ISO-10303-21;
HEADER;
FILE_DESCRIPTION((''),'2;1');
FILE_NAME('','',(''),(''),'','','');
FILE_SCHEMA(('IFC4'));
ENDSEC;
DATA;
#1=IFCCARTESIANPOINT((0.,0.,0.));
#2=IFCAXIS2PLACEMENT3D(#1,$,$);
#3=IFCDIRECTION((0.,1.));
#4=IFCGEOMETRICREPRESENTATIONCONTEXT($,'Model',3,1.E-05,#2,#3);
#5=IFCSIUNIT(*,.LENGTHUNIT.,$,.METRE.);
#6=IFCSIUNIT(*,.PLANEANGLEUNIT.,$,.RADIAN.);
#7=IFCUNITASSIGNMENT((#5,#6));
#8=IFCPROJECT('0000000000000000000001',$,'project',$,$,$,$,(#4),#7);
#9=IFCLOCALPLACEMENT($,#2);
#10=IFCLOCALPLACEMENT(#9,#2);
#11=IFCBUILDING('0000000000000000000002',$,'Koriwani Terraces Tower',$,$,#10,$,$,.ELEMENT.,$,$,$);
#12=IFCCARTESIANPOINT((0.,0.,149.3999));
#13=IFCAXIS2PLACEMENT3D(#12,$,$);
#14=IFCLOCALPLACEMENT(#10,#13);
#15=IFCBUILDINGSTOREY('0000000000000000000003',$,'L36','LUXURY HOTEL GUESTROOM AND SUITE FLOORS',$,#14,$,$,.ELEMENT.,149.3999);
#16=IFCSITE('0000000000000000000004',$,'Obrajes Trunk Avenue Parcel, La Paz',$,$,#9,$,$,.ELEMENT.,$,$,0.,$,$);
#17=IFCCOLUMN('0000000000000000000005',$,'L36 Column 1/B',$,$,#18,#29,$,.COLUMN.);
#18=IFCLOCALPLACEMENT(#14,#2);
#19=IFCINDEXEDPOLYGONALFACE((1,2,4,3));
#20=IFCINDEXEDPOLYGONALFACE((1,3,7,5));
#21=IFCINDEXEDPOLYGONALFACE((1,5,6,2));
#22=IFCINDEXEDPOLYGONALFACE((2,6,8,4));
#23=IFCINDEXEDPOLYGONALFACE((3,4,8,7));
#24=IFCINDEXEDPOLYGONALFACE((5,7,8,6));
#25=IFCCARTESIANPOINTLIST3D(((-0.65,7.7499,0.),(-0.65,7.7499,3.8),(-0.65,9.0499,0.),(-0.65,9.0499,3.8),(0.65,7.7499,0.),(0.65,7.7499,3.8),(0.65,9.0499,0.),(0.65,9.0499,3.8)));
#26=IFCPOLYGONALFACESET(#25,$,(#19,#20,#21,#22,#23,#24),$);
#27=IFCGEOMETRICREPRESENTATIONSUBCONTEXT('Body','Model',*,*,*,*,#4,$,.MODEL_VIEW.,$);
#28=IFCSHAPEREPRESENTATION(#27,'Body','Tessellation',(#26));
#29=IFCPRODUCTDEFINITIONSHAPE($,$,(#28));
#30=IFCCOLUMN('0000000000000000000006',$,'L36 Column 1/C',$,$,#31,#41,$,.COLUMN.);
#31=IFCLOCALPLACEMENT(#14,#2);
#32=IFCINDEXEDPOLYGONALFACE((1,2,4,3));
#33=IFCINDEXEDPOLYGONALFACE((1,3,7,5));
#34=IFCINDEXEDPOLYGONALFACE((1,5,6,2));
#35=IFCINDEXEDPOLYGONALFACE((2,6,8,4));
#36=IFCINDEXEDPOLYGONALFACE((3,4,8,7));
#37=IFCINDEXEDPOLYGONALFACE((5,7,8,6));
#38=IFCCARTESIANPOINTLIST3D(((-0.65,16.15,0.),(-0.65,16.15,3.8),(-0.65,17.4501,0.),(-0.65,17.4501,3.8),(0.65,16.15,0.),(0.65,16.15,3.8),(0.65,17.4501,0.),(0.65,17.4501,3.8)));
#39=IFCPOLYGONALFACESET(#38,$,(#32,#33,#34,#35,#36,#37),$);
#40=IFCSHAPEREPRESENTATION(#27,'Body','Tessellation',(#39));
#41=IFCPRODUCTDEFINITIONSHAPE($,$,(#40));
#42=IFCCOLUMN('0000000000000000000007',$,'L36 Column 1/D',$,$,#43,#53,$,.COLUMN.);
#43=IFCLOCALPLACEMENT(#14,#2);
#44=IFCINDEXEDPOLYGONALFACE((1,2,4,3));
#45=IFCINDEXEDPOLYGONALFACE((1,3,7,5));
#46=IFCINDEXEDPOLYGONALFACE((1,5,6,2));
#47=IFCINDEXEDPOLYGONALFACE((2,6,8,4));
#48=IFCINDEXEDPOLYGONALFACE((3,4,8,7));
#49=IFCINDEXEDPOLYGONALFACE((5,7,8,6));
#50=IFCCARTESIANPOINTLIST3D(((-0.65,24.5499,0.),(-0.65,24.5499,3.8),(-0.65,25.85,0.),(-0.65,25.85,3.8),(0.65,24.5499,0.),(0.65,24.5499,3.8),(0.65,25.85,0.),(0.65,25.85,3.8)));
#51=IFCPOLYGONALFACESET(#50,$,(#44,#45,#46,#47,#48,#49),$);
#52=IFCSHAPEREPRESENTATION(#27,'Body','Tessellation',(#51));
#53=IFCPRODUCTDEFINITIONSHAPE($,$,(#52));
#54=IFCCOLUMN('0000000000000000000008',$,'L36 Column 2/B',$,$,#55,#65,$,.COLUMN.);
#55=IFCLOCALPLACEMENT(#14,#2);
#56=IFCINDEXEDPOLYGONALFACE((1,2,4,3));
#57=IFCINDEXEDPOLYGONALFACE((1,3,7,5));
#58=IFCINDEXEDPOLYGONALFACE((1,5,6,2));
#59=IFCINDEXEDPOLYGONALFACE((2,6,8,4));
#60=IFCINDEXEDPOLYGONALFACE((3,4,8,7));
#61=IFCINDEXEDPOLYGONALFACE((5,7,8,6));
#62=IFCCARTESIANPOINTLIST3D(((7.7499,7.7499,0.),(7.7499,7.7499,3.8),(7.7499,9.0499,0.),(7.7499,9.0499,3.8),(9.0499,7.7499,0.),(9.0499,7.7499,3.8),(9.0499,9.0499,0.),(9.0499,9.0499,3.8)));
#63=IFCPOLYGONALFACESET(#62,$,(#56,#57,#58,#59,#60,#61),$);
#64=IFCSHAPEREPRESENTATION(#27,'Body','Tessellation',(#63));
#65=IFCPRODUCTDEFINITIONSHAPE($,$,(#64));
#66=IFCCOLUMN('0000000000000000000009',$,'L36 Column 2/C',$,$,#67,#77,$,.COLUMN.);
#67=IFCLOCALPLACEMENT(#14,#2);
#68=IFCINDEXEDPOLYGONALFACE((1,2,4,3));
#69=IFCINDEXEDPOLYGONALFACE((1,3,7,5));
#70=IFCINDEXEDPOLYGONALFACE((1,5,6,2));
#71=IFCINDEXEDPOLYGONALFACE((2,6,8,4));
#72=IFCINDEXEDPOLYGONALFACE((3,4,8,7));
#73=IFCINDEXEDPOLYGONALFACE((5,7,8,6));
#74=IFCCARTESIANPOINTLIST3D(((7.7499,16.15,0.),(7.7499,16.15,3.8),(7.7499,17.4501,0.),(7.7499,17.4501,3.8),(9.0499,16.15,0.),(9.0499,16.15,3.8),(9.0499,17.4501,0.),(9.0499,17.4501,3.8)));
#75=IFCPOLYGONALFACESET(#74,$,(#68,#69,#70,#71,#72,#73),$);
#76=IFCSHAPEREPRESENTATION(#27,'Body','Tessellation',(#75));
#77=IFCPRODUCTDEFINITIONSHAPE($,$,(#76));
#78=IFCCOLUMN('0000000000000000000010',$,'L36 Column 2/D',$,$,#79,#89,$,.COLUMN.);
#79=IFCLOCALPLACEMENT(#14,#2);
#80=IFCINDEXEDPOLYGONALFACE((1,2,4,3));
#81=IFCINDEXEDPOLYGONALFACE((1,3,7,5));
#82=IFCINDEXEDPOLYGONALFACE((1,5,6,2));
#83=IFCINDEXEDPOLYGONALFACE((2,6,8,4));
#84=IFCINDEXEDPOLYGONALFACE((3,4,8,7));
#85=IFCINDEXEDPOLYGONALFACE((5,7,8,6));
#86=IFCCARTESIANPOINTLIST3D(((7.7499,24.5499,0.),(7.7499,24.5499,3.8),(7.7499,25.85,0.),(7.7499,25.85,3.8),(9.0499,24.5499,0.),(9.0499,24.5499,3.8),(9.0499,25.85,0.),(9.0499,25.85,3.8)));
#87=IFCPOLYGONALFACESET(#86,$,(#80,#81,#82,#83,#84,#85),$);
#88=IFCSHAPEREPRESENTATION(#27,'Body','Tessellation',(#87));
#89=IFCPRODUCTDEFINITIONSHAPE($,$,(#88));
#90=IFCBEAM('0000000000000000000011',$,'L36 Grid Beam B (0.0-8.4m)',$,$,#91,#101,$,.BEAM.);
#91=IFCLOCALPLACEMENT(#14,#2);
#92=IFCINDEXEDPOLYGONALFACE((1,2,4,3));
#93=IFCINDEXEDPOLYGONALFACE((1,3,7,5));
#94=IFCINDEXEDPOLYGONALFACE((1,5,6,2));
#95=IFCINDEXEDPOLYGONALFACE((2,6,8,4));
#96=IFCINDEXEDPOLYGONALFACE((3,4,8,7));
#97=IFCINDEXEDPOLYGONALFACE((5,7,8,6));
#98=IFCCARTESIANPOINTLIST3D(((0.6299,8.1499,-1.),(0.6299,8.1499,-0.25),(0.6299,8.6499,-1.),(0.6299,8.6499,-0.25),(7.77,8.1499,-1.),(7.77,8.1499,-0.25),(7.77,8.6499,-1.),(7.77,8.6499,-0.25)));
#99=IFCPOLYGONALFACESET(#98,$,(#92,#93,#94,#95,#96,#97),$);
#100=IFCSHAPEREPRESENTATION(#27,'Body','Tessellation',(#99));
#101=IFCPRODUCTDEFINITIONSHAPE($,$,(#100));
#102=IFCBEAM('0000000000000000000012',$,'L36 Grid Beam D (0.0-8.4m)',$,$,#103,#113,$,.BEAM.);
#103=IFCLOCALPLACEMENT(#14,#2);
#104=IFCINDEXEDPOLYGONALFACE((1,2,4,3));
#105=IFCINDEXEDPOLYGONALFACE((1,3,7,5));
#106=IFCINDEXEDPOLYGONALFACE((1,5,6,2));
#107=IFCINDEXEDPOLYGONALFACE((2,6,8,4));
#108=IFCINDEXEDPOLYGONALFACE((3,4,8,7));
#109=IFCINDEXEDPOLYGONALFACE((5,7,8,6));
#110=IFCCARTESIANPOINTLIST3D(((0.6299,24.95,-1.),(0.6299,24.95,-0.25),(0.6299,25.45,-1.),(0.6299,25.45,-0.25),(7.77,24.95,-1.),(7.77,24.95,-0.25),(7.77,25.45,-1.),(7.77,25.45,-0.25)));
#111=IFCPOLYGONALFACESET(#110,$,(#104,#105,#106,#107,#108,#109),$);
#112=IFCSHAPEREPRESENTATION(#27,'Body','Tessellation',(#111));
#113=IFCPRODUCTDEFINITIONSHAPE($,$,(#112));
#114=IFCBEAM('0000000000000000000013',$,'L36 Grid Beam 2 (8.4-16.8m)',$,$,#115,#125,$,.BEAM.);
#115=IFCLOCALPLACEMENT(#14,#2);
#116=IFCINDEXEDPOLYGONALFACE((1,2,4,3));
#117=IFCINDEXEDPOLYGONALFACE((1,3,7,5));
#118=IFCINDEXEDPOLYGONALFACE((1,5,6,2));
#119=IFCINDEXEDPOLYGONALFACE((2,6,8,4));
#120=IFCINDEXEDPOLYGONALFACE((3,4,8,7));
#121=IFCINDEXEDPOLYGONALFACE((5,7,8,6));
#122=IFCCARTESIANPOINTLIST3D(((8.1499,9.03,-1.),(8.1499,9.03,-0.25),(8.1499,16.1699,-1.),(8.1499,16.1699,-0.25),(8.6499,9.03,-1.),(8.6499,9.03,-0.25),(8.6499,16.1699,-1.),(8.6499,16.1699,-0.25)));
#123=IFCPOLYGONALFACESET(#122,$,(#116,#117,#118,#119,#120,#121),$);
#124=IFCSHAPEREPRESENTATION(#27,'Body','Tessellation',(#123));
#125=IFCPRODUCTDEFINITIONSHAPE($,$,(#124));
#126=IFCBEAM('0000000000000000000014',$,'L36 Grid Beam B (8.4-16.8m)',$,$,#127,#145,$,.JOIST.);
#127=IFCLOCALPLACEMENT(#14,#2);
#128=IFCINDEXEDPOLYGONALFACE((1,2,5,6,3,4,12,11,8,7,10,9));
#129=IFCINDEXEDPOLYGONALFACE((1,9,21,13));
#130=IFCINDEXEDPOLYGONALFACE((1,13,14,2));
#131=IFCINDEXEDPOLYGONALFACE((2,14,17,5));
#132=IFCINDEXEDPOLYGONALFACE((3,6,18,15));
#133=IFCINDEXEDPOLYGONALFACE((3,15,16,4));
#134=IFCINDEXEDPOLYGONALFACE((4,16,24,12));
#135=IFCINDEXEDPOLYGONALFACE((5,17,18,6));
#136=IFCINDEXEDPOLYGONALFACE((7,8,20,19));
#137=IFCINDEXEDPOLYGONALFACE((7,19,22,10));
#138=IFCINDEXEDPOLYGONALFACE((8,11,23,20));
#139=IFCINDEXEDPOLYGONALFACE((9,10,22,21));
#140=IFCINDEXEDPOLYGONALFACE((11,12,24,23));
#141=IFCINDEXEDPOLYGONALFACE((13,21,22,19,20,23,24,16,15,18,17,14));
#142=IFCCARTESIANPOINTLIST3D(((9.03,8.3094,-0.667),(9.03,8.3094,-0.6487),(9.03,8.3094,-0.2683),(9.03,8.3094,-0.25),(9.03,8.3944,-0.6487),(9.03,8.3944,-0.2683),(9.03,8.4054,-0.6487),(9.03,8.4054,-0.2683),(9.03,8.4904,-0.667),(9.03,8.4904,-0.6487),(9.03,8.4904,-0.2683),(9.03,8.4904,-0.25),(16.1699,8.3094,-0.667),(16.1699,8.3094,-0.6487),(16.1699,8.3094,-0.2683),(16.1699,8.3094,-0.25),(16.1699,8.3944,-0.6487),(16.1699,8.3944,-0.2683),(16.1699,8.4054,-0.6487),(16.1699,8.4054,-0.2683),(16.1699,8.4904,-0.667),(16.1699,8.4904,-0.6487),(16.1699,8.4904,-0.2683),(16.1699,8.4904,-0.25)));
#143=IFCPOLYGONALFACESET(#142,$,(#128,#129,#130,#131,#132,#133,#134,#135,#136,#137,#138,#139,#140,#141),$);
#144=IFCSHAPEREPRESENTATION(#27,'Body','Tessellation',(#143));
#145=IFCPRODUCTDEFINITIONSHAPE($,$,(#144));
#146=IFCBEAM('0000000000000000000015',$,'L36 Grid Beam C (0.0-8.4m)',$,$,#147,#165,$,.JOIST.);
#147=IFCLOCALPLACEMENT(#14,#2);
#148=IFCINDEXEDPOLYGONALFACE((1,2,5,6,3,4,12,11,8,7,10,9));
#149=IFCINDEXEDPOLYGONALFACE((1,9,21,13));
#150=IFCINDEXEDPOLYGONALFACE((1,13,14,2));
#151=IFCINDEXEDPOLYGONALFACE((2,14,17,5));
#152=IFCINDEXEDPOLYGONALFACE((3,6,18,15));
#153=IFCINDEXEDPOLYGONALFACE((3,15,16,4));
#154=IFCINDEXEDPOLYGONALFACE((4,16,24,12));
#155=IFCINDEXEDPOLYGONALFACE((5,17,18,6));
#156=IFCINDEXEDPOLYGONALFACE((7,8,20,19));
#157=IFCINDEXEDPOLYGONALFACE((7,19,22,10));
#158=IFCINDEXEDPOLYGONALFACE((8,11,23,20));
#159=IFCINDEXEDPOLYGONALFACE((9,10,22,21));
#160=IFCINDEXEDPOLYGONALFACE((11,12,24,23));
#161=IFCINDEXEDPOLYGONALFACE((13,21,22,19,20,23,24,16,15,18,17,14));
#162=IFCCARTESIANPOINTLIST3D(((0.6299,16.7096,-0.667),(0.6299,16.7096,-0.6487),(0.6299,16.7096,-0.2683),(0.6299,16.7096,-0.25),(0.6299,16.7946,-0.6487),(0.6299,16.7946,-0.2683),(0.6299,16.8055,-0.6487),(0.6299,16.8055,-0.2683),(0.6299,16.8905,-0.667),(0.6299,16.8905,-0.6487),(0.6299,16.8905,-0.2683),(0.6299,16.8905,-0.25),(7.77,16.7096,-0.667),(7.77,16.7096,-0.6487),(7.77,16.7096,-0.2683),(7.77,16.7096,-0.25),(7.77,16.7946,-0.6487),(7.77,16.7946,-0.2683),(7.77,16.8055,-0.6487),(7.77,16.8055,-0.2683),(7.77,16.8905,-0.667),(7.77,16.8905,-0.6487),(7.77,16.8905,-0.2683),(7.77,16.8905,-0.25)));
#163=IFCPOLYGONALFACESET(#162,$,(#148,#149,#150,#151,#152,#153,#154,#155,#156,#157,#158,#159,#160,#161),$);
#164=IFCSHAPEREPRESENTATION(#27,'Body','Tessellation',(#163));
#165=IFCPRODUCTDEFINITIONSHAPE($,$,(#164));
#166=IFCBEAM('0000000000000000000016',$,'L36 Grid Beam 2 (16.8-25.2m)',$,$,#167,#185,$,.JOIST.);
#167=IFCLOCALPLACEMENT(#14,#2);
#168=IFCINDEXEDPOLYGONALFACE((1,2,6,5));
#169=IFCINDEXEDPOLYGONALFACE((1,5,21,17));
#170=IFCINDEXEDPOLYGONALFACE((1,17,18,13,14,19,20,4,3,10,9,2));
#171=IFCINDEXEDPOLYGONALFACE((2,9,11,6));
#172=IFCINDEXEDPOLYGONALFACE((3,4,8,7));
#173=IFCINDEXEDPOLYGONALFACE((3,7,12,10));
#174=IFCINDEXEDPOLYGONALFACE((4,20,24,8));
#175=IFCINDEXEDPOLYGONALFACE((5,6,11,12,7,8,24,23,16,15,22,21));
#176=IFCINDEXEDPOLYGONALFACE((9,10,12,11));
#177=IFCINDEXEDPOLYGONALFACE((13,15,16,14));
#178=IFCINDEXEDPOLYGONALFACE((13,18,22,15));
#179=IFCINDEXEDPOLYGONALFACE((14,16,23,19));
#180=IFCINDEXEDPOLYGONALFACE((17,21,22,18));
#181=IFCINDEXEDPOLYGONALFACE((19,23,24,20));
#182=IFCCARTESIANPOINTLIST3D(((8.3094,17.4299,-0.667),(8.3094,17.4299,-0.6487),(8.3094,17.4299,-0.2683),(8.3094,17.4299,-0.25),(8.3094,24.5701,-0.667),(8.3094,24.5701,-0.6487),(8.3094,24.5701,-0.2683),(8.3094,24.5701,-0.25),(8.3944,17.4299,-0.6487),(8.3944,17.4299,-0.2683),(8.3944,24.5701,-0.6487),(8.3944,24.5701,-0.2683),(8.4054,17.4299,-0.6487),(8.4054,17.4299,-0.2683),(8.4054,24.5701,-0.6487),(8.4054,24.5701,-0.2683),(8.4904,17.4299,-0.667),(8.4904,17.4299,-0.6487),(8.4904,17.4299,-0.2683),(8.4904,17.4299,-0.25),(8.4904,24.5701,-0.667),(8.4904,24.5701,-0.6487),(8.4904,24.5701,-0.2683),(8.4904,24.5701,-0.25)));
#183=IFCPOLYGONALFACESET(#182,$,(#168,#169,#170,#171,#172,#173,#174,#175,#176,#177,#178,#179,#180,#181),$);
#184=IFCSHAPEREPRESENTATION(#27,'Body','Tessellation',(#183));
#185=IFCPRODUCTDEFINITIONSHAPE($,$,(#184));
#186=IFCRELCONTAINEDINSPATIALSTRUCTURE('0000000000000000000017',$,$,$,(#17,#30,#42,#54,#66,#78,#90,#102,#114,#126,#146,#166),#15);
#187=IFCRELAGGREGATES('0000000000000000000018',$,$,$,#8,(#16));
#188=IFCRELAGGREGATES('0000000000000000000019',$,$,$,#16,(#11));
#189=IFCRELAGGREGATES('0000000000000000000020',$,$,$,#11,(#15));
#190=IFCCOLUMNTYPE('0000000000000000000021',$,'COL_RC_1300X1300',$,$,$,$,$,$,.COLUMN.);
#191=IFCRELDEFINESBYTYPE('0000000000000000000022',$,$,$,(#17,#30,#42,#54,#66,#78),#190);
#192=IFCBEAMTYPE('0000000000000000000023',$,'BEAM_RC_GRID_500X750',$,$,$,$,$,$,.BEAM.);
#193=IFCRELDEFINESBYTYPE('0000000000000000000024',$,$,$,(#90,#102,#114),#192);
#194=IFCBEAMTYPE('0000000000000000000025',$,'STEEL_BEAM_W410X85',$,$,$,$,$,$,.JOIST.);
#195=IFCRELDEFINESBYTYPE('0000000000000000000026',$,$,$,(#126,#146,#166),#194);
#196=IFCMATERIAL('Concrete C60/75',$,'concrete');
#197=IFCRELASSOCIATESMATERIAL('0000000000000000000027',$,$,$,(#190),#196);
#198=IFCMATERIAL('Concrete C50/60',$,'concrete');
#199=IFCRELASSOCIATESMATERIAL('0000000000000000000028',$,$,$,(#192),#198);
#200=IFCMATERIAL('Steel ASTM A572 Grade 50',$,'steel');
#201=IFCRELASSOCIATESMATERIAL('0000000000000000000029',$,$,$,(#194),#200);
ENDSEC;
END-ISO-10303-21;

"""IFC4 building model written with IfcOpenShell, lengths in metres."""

from ifc_helpers import new_model, si_unit, direction, frame, origin, origin_2d, place, context, subcontext, project, spatial, rectangle, i_section, extrude, material, material_profile, profile_set, type_object, element, save


model = new_model("IFC4")

# Units and contexts
model_context = context("Model", 3, precision=1e-05, world=origin(), true_north=direction((0.0, 1.0)))
body_context = subcontext(model_context, "Body", "Model", "MODEL_VIEW")
ifc_project = project(units=[si_unit("LENGTHUNIT", "METRE"), si_unit("PLANEANGLEUNIT", "RADIAN")], contexts=[model_context])

# Site, building, storey
site_placement = place(None, origin())
site = spatial("IfcSite", under=ifc_project, at=site_placement, Name="Obrajes Trunk Avenue Parcel, La Paz", CompositionType="ELEMENT", RefElevation=0.0)
building_placement = place(site_placement, origin())
building = spatial("IfcBuilding", under=site, at=building_placement, Name="Koriwani Terraces Tower", CompositionType="ELEMENT")
storey_placement = place(building_placement, frame((0.0, 0.0, 149.3999)))
storey = spatial("IfcBuildingStorey", under=building, at=storey_placement, Name="L36", Description="LUXURY HOTEL GUESTROOM AND SUITE FLOORS", CompositionType="ELEMENT", Elevation=149.3999)

# Columns
ifc_material_1 = material(Name="Concrete C60/75", Category="concrete")
ifc_material_profile_1 = material_profile(ifc_material_1, rectangle(XDim=1.3, YDim=1.3, at=origin_2d()), Name="Concrete C60/75", Category="LoadBearing")
ifc_profile_set_1 = profile_set([ifc_material_profile_1], Name="Concrete C60/75")
column_type = type_object("IfcColumnType", Name="COL_RC_1300X1300", PredefinedType="COLUMN", material=ifc_profile_set_1)
for number, where, z_axis, x_axis, name in (
    (1, (0.0, 8.3999, 0.0), (0.0, 0.0, 1.0), (1.0, 0.0, 0.0), "L36 Column 1/B"),
    (2, (0.0, 16.8, 0.0), (0.0, 0.0, 1.0), (1.0, 0.0, 0.0), "L36 Column 1/C"),
    (3, (0.0, 25.2, 0.0), (0.0, 0.0, 1.0), (1.0, 0.0, 0.0), "L36 Column 1/D"),
    (4, (8.3999, 8.3999, 0.0), (0.0, 0.0, 1.0), (1.0, 0.0, 0.0), "L36 Column 2/B"),
    (5, (8.3999, 16.8, 0.0), (0.0, 0.0, 1.0), (1.0, 0.0, 0.0), "L36 Column 2/C"),
    (6, (8.3999, 25.2, 0.0), (0.0, 0.0, 1.0), (1.0, 0.0, 0.0), "L36 Column 2/D"),
):
    element("IfcColumn", number, at=place(storey_placement, frame(where, z_axis=z_axis, x_axis=x_axis)), inside=storey, type_object=column_type, Name=name, PredefinedType="COLUMN", context=body_context, shape_type="SweptSolid", body=[
        extrude(rectangle(XDim=1.3, YDim=1.3, at=origin_2d()), origin(), (0.0, 0.0, 1.0), 3.8),
    ])

# Beams
ifc_material_2 = material(Name="Concrete C50/60", Category="concrete")
ifc_material_profile_2 = material_profile(ifc_material_2, rectangle(XDim=0.5, YDim=0.75, at=origin_2d()), Name="Concrete C50/60", Category="LoadBearing")
ifc_profile_set_2 = profile_set([ifc_material_profile_2], Name="Concrete C50/60")
beam_type_1 = type_object("IfcBeamType", Name="BEAM_RC_GRID_500X750", PredefinedType="BEAM", material=ifc_profile_set_2)
for number, where, z_axis, x_axis, name in (
    (7, (0.6299, 8.3999, -0.625), (1.0, 0.0, 0.0), (0.0, 1.0, 0.0), "L36 Grid Beam B (0.0-8.4m)"),
    (8, (0.6299, 25.2, -0.625), (1.0, 0.0, 0.0), (0.0, 1.0, 0.0), "L36 Grid Beam D (0.0-8.4m)"),
):
    element("IfcBeam", number, at=place(storey_placement, frame(where, z_axis=z_axis, x_axis=x_axis)), inside=storey, type_object=beam_type_1, Name=name, PredefinedType="BEAM", context=body_context, shape_type="SweptSolid", body=[
        extrude(rectangle(XDim=0.5, YDim=0.75, at=origin_2d()), origin(), (0.0, 0.0, 1.0), 7.1401),
    ])
beam_1_placement = place(storey_placement, frame((8.3999, 9.03, -0.625), z_axis=(0.0, 1.0, 0.0), x_axis=(-1.0, 0.0, 0.0)))
element("IfcBeam", 9, at=beam_1_placement, inside=storey, type_object=beam_type_1, Name="L36 Grid Beam 2 (8.4-16.8m)", PredefinedType="BEAM", context=body_context, shape_type="SweptSolid", body=[
    extrude(rectangle(XDim=0.5, YDim=0.75, at=origin_2d()), origin(), (0.0, 0.0, 1.0), 7.1399),
])
ifc_material_3 = material(Name="Steel ASTM A572 Grade 50", Category="steel")
ifc_material_profile_3 = material_profile(ifc_material_3, i_section(OverallWidth=0.1809, OverallDepth=0.417, WebThickness=0.011, FlangeThickness=0.0183, at=origin_2d()), Name="Steel ASTM A572 Grade 50", Category="LoadBearing")
ifc_profile_set_3 = profile_set([ifc_material_profile_3], Name="Steel ASTM A572 Grade 50")
beam_type_2 = type_object("IfcBeamType", Name="STEEL_BEAM_W410X85", PredefinedType="JOIST", material=ifc_profile_set_3)
beam_2_placement = place(storey_placement, frame((9.03, 8.3999, -0.4585), z_axis=(1.0, 0.0, 0.0), x_axis=(0.0, 1.0, 0.0)))
element("IfcBeam", 10, at=beam_2_placement, inside=storey, type_object=beam_type_2, Name="L36 Grid Beam B (8.4-16.8m)", PredefinedType="JOIST", context=body_context, shape_type="SweptSolid", body=[
    extrude(i_section(OverallWidth=0.1809, OverallDepth=0.417, WebThickness=0.011, FlangeThickness=0.0183, at=origin_2d()), origin(), (0.0, 0.0, 1.0), 7.1399),
])
for number, where, z_axis, x_axis, name in (
    (11, (0.6299, 16.8, -0.4585), (1.0, 0.0, 0.0), (0.0, 1.0, 0.0), "L36 Grid Beam C (0.0-8.4m)"),
    (12, (8.3999, 17.4299, -0.4585), (0.0, 1.0, 0.0), (-1.0, 0.0, 0.0), "L36 Grid Beam 2 (16.8-25.2m)"),
):
    element("IfcBeam", number, at=place(storey_placement, frame(where, z_axis=z_axis, x_axis=x_axis)), inside=storey, type_object=beam_type_2, Name=name, PredefinedType="JOIST", context=body_context, shape_type="SweptSolid", body=[
        extrude(i_section(OverallWidth=0.1809, OverallDepth=0.417, WebThickness=0.011, FlangeThickness=0.0183, at=origin_2d()), origin(), (0.0, 0.0, 1.0), 7.1401),
    ])

save(model, "model.ifc")
